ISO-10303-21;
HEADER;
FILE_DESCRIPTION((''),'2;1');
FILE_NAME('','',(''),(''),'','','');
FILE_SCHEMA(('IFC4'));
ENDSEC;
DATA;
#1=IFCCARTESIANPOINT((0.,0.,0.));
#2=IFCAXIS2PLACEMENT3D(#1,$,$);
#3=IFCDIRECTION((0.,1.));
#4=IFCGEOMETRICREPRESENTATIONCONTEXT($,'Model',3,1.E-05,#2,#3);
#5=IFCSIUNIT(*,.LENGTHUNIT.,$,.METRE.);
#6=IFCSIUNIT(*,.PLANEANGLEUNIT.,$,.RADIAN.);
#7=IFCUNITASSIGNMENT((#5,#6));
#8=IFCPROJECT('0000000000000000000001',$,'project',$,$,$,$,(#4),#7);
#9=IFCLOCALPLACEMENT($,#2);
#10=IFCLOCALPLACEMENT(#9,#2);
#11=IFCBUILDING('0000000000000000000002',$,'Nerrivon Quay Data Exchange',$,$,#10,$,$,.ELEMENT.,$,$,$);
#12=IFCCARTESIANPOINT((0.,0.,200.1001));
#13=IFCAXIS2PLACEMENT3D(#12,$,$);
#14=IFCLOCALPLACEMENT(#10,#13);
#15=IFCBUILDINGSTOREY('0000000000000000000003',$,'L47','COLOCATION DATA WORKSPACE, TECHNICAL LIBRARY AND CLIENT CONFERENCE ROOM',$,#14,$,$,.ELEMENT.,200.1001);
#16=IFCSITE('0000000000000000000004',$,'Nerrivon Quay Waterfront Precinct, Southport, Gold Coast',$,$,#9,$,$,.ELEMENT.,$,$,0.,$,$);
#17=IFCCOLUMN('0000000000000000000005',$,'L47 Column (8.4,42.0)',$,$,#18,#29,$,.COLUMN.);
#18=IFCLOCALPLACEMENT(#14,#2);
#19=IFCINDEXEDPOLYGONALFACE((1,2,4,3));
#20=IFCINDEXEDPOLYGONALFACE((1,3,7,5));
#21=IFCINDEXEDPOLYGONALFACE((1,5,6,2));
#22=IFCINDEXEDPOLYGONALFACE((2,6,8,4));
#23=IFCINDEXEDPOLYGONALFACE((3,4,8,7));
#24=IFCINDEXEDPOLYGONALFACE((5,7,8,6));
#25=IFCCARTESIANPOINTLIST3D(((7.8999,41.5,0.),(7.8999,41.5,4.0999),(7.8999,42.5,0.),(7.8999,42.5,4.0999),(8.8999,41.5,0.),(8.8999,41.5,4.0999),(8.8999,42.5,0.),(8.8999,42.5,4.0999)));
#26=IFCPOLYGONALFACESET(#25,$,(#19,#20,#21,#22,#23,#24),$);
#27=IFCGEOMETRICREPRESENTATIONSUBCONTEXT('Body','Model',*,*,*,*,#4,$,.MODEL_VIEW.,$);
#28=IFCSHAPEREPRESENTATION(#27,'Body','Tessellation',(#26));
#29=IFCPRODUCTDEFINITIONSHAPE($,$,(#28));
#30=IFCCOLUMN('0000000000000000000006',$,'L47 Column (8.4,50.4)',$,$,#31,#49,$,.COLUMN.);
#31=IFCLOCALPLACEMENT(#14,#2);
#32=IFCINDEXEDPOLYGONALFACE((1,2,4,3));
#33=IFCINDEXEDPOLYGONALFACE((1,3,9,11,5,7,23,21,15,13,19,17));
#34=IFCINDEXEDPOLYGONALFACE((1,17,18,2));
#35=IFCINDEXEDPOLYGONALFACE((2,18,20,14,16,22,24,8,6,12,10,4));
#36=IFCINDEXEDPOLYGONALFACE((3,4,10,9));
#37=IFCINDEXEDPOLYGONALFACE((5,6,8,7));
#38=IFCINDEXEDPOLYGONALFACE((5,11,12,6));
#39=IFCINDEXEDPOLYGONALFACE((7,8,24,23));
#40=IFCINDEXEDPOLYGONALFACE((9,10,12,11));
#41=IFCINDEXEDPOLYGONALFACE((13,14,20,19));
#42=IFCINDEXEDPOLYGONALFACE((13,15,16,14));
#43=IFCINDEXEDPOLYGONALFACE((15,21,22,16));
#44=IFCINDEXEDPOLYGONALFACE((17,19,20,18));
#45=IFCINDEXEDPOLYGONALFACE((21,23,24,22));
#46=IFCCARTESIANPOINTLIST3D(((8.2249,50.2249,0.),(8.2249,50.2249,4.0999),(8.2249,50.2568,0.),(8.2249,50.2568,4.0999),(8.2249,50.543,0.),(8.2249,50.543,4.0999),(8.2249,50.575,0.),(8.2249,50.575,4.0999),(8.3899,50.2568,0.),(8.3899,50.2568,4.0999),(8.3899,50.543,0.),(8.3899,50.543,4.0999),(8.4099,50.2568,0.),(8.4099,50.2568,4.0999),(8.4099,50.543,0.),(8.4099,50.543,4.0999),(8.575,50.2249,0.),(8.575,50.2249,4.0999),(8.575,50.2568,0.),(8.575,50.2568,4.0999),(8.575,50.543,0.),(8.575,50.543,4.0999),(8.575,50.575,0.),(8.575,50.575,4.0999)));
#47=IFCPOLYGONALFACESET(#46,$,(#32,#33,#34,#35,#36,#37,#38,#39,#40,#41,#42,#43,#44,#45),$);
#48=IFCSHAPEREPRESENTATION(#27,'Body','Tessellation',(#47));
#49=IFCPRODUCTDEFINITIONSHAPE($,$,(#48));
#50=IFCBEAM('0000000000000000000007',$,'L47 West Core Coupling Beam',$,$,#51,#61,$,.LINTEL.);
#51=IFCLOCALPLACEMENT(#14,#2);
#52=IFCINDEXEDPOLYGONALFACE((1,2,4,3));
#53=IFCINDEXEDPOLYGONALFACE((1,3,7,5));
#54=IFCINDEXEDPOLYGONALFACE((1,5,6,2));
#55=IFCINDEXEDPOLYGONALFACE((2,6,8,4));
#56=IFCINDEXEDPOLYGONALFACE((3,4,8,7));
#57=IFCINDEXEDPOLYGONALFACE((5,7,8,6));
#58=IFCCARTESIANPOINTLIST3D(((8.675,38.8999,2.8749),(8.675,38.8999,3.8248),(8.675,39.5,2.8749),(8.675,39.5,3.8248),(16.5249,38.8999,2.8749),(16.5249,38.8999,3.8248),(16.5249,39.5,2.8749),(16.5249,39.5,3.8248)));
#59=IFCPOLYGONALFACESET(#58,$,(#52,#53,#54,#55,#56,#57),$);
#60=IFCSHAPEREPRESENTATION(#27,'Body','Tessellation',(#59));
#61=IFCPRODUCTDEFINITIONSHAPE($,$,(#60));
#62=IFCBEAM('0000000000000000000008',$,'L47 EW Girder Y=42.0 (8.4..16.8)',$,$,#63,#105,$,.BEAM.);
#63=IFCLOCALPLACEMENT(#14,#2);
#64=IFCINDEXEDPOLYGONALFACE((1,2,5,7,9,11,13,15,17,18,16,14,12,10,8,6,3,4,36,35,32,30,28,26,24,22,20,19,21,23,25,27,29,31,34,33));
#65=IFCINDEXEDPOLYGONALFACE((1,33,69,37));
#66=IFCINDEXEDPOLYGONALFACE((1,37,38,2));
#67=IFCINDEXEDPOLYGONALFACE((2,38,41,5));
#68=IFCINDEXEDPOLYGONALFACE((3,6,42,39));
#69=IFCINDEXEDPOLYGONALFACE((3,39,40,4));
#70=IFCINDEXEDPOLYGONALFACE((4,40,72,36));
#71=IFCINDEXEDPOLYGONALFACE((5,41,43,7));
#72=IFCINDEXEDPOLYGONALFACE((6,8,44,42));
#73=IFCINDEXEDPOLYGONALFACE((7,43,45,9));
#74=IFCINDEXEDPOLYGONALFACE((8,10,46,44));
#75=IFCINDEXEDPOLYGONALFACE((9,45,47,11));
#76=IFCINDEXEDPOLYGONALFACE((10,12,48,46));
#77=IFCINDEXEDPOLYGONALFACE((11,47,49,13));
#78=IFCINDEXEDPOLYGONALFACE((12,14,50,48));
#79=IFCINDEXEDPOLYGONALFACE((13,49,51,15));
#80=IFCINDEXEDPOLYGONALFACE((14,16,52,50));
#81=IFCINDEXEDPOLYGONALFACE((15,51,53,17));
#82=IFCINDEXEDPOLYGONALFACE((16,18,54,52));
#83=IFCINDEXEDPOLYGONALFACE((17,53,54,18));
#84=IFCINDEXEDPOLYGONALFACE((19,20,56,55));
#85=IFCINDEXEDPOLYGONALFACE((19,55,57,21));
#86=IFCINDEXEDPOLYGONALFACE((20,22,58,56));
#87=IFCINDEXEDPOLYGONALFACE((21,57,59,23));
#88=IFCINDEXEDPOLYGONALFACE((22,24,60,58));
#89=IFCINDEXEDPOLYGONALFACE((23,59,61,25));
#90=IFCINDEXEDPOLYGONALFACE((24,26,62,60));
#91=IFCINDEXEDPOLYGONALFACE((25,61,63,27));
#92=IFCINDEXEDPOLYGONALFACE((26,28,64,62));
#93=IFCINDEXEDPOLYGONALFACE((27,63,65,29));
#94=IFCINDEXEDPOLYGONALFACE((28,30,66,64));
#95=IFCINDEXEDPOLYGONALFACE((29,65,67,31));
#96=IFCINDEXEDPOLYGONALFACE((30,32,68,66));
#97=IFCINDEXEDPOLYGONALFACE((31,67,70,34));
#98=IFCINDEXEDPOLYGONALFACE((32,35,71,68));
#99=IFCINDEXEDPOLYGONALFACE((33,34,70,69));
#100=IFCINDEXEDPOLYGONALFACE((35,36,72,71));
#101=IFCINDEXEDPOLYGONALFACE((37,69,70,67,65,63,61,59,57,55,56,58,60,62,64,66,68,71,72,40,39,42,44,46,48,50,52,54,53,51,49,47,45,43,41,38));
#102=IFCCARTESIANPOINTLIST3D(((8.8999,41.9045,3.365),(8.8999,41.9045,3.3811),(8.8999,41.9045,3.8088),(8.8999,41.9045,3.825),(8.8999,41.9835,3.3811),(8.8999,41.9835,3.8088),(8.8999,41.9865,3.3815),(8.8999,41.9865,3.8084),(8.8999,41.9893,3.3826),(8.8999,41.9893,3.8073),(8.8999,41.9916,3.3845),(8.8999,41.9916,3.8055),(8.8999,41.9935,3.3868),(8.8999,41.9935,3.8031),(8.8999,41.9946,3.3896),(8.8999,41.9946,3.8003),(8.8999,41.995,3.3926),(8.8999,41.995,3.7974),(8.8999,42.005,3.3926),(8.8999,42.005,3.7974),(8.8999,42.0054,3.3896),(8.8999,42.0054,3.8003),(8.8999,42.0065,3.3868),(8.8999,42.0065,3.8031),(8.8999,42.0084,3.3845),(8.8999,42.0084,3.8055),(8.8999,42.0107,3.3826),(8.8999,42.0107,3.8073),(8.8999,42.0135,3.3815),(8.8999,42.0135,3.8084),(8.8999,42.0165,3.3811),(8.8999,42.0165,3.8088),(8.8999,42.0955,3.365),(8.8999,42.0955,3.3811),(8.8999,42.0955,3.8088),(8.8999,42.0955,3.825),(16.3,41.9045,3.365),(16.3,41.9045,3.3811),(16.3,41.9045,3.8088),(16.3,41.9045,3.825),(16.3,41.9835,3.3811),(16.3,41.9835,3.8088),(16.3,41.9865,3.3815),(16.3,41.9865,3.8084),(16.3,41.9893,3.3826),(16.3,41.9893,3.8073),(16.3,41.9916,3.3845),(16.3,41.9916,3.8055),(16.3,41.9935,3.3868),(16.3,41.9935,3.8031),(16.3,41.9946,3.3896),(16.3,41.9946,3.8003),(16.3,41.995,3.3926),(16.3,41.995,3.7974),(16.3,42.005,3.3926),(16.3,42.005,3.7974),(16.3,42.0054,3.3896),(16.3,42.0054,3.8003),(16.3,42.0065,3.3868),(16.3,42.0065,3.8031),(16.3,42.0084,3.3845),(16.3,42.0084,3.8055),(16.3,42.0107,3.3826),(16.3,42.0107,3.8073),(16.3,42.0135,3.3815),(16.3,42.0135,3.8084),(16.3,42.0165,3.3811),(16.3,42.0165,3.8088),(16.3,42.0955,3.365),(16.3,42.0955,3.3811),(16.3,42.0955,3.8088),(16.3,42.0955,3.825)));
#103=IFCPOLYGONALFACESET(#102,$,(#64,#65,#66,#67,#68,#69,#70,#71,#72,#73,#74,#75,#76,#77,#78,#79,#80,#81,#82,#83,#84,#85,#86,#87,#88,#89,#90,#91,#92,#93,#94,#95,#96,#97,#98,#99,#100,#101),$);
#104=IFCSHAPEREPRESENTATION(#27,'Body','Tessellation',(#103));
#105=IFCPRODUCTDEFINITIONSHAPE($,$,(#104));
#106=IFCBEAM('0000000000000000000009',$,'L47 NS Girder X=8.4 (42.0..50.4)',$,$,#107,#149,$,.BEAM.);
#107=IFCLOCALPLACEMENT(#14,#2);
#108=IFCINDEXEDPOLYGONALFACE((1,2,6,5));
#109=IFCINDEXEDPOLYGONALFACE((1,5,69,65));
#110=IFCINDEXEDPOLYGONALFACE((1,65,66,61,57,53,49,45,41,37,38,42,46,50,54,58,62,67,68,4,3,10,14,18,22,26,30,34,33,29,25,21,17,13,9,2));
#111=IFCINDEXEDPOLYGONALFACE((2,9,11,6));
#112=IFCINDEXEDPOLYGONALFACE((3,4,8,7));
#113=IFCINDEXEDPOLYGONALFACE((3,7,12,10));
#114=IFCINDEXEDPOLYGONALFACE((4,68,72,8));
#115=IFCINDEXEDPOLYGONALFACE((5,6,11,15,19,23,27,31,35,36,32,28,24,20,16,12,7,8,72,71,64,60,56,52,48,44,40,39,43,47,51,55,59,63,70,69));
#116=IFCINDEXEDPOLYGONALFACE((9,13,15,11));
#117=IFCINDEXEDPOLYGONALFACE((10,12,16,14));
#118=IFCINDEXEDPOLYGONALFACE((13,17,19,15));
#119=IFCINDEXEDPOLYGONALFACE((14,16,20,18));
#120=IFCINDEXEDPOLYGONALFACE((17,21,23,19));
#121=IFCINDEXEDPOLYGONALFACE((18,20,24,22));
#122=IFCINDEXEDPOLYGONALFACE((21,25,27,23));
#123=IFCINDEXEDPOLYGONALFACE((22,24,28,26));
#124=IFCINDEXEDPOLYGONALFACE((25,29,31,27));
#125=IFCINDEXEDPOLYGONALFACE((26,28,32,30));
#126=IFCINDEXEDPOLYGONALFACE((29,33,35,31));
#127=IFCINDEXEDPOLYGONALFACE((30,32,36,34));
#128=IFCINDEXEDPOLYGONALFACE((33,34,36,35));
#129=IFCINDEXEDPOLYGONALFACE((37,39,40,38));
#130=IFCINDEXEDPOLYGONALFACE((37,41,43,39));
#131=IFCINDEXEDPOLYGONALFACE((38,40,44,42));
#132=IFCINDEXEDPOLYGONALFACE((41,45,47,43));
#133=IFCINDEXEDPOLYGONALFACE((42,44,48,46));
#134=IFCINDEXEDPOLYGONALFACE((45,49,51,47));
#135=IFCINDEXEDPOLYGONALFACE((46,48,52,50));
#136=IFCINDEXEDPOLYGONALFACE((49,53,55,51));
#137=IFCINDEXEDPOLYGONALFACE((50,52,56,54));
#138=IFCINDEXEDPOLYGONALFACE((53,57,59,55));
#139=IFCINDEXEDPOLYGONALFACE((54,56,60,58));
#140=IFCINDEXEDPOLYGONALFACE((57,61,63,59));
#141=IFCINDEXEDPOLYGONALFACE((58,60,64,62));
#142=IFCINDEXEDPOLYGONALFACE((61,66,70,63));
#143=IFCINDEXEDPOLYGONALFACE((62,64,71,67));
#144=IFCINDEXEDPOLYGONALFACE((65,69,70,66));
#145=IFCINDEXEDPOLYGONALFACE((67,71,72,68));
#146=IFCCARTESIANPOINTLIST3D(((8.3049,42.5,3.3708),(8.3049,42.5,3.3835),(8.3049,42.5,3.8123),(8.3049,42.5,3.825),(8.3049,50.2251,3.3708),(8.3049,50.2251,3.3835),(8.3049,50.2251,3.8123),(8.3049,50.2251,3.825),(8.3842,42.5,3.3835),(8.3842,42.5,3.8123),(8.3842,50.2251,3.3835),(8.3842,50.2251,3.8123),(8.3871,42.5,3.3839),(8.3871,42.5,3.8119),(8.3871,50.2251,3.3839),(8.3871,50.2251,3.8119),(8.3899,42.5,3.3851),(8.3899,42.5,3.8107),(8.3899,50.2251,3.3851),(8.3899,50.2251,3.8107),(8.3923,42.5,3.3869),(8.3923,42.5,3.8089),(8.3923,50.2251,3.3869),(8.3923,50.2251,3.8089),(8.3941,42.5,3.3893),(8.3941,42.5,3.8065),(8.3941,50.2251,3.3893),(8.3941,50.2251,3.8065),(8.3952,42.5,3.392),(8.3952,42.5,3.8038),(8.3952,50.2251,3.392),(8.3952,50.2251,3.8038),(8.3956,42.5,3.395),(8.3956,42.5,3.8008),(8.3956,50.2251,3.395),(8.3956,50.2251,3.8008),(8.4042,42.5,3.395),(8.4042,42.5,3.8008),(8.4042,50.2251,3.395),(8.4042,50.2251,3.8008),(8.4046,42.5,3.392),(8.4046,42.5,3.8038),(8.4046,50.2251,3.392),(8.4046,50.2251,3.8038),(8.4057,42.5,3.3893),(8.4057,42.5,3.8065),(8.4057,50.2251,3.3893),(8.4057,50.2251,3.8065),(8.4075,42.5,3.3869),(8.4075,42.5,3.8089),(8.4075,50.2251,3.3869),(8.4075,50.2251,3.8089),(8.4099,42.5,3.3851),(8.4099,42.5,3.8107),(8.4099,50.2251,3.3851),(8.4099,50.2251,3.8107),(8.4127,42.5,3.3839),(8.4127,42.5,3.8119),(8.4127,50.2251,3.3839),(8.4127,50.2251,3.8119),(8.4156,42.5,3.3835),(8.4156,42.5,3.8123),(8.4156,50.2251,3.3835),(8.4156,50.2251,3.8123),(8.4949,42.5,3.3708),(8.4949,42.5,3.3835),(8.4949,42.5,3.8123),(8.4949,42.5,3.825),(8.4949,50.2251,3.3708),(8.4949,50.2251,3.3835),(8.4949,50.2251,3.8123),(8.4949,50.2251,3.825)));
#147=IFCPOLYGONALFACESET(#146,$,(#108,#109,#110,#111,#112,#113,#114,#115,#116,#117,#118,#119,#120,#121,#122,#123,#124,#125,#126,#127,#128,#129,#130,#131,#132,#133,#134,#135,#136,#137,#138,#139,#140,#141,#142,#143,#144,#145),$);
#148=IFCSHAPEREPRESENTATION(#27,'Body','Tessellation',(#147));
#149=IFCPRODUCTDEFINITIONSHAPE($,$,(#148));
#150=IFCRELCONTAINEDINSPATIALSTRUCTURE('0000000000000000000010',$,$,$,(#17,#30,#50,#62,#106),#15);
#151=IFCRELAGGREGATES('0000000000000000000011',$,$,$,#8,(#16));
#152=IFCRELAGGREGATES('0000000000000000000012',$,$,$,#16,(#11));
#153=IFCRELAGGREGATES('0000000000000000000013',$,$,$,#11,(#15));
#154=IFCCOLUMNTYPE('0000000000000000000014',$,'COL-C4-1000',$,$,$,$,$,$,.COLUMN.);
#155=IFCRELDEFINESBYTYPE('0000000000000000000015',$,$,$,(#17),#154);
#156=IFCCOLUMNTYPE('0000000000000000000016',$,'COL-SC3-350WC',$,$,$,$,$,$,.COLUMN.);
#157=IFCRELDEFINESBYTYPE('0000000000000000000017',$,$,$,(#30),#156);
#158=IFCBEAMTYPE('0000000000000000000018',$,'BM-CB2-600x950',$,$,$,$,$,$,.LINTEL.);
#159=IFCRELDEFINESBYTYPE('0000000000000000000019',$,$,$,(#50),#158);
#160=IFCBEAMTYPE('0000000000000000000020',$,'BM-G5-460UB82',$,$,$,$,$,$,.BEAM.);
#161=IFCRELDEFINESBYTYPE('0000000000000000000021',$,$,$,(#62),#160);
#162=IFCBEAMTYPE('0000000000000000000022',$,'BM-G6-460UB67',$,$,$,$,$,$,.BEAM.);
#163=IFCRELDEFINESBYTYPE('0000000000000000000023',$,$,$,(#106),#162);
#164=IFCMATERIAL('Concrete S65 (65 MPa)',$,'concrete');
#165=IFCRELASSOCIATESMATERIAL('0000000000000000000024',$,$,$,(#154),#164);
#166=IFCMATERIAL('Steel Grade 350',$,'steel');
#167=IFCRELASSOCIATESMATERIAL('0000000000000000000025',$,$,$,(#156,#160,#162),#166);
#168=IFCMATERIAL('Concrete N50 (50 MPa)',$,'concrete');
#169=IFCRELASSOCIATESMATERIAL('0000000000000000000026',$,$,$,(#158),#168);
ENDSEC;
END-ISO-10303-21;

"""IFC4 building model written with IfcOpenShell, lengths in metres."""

from ifc_helpers import new_model, si_unit, direction, frame, origin, origin_2d, place, context, subcontext, project, spatial, rectangle, i_section, extrude, material, material_profile, profile_set, type_object, element, save


model = new_model("IFC4")

# Units and contexts
model_context = context("Model", 3, precision=1e-05, world=origin(), true_north=direction((0.0, 1.0)))
body_context = subcontext(model_context, "Body", "Model", "MODEL_VIEW")
ifc_project = project(units=[si_unit("LENGTHUNIT", "METRE"), si_unit("PLANEANGLEUNIT", "RADIAN")], contexts=[model_context])

# Site, building, storey
site_placement = place(None, origin())
site = spatial("IfcSite", under=ifc_project, at=site_placement, Name="Nerrivon Quay Waterfront Precinct, Southport, Gold Coast", CompositionType="ELEMENT", RefElevation=0.0)
building_placement = place(site_placement, origin())
building = spatial("IfcBuilding", under=site, at=building_placement, Name="Nerrivon Quay Data Exchange", CompositionType="ELEMENT")
storey_placement = place(building_placement, frame((0.0, 0.0, 200.1001)))
storey = spatial("IfcBuildingStorey", under=building, at=storey_placement, Name="L47", Description="COLOCATION DATA WORKSPACE, TECHNICAL LIBRARY AND CLIENT CONFERENCE ROOM", CompositionType="ELEMENT", Elevation=200.1001)

# Columns
ifc_material_1 = material(Name="Concrete S65 (65 MPa)", Category="concrete")
ifc_material_profile_1 = material_profile(ifc_material_1, rectangle(XDim=1.0, YDim=1.0, at=origin_2d()), Name="RC-COL-1000x1000")
ifc_profile_set_1 = profile_set([ifc_material_profile_1], Name="Concrete S65 (65 MPa)")
column_type_1 = type_object("IfcColumnType", Name="COL-C4-1000", PredefinedType="COLUMN", material=ifc_profile_set_1)
column_1_placement = place(storey_placement, frame((8.3999, 42.0, 0.0), z_axis=(0.0, 0.0, 1.0), x_axis=(1.0, 0.0, 0.0)))
element("IfcColumn", 1, at=column_1_placement, inside=storey, type_object=column_type_1, Name="L47 Column (8.4,42.0)", PredefinedType="COLUMN", context=body_context, shape_type="SweptSolid", body=[
    extrude(rectangle(XDim=1.0, YDim=1.0, at=origin_2d()), origin(), (0.0, 0.0, 1.0), 4.0999),
])
ifc_material_2 = material(Name="Steel Grade 350", Category="steel")
ifc_material_profile_2 = material_profile(ifc_material_2, i_section(OverallWidth=0.3501, OverallDepth=0.3501, WebThickness=0.02, FlangeThickness=0.032, at=origin_2d()), Name="350WC230")
ifc_profile_set_2 = profile_set([ifc_material_profile_2], Name="Steel Grade 350")
column_type_2 = type_object("IfcColumnType", Name="COL-SC3-350WC", PredefinedType="COLUMN", material=ifc_profile_set_2)
column_2_placement = place(storey_placement, frame((8.3999, 50.3999, 0.0), z_axis=(0.0, 0.0, 1.0), x_axis=(1.0, 0.0, 0.0)))
element("IfcColumn", 2, at=column_2_placement, inside=storey, type_object=column_type_2, Name="L47 Column (8.4,50.4)", PredefinedType="COLUMN", context=body_context, shape_type="SweptSolid", body=[
    extrude(i_section(OverallWidth=0.3501, OverallDepth=0.3501, WebThickness=0.02, FlangeThickness=0.032, at=origin_2d()), origin(), (0.0, 0.0, 1.0), 4.0999),
])

# Beams
ifc_material_3 = material(Name="Concrete N50 (50 MPa)", Category="concrete")
ifc_material_profile_3 = material_profile(ifc_material_3, rectangle(XDim=0.6001, YDim=0.95, at=origin_2d()), Name="RC-CB-600x950")
ifc_profile_set_3 = profile_set([ifc_material_profile_3], Name="Concrete N50 (50 MPa)")
beam_type_1 = type_object("IfcBeamType", Name="BM-CB2-600x950", PredefinedType="LINTEL", material=ifc_profile_set_3)
beam_1_placement = place(storey_placement, frame((8.675, 39.2, 3.3499), z_axis=(1.0, 0.0, 0.0), x_axis=(0.0, 1.0, 0.0)))
element("IfcBeam", 3, at=beam_1_placement, inside=storey, type_object=beam_type_1, Name="L47 West Core Coupling Beam", PredefinedType="LINTEL", context=body_context, shape_type="SweptSolid", body=[
    extrude(rectangle(XDim=0.6001, YDim=0.95, at=origin_2d()), origin(), (0.0, 0.0, 1.0), 7.8499),
])
ifc_material_profile_4 = material_profile(ifc_material_2, i_section(OverallWidth=0.1909, OverallDepth=0.46, WebThickness=0.01, FlangeThickness=0.0161, FilletRadius=0.0115, at=origin_2d()), Name="460UB82.1")
ifc_profile_set_4 = profile_set([ifc_material_profile_4], Name="Steel Grade 350")
beam_type_2 = type_object("IfcBeamType", Name="BM-G5-460UB82", PredefinedType="BEAM", material=ifc_profile_set_4)
beam_2_placement = place(storey_placement, frame((8.8999, 42.0, 3.595), z_axis=(1.0, 0.0, 0.0), x_axis=(0.0, 1.0, 0.0)))
element("IfcBeam", 4, at=beam_2_placement, inside=storey, type_object=beam_type_2, Name="L47 EW Girder Y=42.0 (8.4..16.8)", PredefinedType="BEAM", context=body_context, shape_type="SweptSolid", body=[
    extrude(i_section(OverallWidth=0.1909, OverallDepth=0.46, WebThickness=0.01, FlangeThickness=0.0161, FilletRadius=0.0115, at=origin_2d()), origin(), (0.0, 0.0, 1.0), 7.4001),
])
ifc_material_profile_5 = material_profile(ifc_material_2, i_section(OverallWidth=0.1899, OverallDepth=0.4541, WebThickness=0.0085, FlangeThickness=0.0127, FilletRadius=0.0115, at=origin_2d()), Name="460UB67.1")
ifc_profile_set_5 = profile_set([ifc_material_profile_5], Name="Steel Grade 350")
beam_type_3 = type_object("IfcBeamType", Name="BM-G6-460UB67", PredefinedType="BEAM", material=ifc_profile_set_5)
beam_3_placement = place(storey_placement, frame((8.3999, 42.5, 3.5979), z_axis=(0.0, 1.0, 0.0), x_axis=(-1.0, 0.0, 0.0)))
element("IfcBeam", 5, at=beam_3_placement, inside=storey, type_object=beam_type_3, Name="L47 NS Girder X=8.4 (42.0..50.4)", PredefinedType="BEAM", context=body_context, shape_type="SweptSolid", body=[
    extrude(i_section(OverallWidth=0.1899, OverallDepth=0.4541, WebThickness=0.0085, FlangeThickness=0.0127, FilletRadius=0.0115, at=origin_2d()), origin(), (0.0, 0.0, 1.0), 7.7251),
])

save(model, "model.ifc")
